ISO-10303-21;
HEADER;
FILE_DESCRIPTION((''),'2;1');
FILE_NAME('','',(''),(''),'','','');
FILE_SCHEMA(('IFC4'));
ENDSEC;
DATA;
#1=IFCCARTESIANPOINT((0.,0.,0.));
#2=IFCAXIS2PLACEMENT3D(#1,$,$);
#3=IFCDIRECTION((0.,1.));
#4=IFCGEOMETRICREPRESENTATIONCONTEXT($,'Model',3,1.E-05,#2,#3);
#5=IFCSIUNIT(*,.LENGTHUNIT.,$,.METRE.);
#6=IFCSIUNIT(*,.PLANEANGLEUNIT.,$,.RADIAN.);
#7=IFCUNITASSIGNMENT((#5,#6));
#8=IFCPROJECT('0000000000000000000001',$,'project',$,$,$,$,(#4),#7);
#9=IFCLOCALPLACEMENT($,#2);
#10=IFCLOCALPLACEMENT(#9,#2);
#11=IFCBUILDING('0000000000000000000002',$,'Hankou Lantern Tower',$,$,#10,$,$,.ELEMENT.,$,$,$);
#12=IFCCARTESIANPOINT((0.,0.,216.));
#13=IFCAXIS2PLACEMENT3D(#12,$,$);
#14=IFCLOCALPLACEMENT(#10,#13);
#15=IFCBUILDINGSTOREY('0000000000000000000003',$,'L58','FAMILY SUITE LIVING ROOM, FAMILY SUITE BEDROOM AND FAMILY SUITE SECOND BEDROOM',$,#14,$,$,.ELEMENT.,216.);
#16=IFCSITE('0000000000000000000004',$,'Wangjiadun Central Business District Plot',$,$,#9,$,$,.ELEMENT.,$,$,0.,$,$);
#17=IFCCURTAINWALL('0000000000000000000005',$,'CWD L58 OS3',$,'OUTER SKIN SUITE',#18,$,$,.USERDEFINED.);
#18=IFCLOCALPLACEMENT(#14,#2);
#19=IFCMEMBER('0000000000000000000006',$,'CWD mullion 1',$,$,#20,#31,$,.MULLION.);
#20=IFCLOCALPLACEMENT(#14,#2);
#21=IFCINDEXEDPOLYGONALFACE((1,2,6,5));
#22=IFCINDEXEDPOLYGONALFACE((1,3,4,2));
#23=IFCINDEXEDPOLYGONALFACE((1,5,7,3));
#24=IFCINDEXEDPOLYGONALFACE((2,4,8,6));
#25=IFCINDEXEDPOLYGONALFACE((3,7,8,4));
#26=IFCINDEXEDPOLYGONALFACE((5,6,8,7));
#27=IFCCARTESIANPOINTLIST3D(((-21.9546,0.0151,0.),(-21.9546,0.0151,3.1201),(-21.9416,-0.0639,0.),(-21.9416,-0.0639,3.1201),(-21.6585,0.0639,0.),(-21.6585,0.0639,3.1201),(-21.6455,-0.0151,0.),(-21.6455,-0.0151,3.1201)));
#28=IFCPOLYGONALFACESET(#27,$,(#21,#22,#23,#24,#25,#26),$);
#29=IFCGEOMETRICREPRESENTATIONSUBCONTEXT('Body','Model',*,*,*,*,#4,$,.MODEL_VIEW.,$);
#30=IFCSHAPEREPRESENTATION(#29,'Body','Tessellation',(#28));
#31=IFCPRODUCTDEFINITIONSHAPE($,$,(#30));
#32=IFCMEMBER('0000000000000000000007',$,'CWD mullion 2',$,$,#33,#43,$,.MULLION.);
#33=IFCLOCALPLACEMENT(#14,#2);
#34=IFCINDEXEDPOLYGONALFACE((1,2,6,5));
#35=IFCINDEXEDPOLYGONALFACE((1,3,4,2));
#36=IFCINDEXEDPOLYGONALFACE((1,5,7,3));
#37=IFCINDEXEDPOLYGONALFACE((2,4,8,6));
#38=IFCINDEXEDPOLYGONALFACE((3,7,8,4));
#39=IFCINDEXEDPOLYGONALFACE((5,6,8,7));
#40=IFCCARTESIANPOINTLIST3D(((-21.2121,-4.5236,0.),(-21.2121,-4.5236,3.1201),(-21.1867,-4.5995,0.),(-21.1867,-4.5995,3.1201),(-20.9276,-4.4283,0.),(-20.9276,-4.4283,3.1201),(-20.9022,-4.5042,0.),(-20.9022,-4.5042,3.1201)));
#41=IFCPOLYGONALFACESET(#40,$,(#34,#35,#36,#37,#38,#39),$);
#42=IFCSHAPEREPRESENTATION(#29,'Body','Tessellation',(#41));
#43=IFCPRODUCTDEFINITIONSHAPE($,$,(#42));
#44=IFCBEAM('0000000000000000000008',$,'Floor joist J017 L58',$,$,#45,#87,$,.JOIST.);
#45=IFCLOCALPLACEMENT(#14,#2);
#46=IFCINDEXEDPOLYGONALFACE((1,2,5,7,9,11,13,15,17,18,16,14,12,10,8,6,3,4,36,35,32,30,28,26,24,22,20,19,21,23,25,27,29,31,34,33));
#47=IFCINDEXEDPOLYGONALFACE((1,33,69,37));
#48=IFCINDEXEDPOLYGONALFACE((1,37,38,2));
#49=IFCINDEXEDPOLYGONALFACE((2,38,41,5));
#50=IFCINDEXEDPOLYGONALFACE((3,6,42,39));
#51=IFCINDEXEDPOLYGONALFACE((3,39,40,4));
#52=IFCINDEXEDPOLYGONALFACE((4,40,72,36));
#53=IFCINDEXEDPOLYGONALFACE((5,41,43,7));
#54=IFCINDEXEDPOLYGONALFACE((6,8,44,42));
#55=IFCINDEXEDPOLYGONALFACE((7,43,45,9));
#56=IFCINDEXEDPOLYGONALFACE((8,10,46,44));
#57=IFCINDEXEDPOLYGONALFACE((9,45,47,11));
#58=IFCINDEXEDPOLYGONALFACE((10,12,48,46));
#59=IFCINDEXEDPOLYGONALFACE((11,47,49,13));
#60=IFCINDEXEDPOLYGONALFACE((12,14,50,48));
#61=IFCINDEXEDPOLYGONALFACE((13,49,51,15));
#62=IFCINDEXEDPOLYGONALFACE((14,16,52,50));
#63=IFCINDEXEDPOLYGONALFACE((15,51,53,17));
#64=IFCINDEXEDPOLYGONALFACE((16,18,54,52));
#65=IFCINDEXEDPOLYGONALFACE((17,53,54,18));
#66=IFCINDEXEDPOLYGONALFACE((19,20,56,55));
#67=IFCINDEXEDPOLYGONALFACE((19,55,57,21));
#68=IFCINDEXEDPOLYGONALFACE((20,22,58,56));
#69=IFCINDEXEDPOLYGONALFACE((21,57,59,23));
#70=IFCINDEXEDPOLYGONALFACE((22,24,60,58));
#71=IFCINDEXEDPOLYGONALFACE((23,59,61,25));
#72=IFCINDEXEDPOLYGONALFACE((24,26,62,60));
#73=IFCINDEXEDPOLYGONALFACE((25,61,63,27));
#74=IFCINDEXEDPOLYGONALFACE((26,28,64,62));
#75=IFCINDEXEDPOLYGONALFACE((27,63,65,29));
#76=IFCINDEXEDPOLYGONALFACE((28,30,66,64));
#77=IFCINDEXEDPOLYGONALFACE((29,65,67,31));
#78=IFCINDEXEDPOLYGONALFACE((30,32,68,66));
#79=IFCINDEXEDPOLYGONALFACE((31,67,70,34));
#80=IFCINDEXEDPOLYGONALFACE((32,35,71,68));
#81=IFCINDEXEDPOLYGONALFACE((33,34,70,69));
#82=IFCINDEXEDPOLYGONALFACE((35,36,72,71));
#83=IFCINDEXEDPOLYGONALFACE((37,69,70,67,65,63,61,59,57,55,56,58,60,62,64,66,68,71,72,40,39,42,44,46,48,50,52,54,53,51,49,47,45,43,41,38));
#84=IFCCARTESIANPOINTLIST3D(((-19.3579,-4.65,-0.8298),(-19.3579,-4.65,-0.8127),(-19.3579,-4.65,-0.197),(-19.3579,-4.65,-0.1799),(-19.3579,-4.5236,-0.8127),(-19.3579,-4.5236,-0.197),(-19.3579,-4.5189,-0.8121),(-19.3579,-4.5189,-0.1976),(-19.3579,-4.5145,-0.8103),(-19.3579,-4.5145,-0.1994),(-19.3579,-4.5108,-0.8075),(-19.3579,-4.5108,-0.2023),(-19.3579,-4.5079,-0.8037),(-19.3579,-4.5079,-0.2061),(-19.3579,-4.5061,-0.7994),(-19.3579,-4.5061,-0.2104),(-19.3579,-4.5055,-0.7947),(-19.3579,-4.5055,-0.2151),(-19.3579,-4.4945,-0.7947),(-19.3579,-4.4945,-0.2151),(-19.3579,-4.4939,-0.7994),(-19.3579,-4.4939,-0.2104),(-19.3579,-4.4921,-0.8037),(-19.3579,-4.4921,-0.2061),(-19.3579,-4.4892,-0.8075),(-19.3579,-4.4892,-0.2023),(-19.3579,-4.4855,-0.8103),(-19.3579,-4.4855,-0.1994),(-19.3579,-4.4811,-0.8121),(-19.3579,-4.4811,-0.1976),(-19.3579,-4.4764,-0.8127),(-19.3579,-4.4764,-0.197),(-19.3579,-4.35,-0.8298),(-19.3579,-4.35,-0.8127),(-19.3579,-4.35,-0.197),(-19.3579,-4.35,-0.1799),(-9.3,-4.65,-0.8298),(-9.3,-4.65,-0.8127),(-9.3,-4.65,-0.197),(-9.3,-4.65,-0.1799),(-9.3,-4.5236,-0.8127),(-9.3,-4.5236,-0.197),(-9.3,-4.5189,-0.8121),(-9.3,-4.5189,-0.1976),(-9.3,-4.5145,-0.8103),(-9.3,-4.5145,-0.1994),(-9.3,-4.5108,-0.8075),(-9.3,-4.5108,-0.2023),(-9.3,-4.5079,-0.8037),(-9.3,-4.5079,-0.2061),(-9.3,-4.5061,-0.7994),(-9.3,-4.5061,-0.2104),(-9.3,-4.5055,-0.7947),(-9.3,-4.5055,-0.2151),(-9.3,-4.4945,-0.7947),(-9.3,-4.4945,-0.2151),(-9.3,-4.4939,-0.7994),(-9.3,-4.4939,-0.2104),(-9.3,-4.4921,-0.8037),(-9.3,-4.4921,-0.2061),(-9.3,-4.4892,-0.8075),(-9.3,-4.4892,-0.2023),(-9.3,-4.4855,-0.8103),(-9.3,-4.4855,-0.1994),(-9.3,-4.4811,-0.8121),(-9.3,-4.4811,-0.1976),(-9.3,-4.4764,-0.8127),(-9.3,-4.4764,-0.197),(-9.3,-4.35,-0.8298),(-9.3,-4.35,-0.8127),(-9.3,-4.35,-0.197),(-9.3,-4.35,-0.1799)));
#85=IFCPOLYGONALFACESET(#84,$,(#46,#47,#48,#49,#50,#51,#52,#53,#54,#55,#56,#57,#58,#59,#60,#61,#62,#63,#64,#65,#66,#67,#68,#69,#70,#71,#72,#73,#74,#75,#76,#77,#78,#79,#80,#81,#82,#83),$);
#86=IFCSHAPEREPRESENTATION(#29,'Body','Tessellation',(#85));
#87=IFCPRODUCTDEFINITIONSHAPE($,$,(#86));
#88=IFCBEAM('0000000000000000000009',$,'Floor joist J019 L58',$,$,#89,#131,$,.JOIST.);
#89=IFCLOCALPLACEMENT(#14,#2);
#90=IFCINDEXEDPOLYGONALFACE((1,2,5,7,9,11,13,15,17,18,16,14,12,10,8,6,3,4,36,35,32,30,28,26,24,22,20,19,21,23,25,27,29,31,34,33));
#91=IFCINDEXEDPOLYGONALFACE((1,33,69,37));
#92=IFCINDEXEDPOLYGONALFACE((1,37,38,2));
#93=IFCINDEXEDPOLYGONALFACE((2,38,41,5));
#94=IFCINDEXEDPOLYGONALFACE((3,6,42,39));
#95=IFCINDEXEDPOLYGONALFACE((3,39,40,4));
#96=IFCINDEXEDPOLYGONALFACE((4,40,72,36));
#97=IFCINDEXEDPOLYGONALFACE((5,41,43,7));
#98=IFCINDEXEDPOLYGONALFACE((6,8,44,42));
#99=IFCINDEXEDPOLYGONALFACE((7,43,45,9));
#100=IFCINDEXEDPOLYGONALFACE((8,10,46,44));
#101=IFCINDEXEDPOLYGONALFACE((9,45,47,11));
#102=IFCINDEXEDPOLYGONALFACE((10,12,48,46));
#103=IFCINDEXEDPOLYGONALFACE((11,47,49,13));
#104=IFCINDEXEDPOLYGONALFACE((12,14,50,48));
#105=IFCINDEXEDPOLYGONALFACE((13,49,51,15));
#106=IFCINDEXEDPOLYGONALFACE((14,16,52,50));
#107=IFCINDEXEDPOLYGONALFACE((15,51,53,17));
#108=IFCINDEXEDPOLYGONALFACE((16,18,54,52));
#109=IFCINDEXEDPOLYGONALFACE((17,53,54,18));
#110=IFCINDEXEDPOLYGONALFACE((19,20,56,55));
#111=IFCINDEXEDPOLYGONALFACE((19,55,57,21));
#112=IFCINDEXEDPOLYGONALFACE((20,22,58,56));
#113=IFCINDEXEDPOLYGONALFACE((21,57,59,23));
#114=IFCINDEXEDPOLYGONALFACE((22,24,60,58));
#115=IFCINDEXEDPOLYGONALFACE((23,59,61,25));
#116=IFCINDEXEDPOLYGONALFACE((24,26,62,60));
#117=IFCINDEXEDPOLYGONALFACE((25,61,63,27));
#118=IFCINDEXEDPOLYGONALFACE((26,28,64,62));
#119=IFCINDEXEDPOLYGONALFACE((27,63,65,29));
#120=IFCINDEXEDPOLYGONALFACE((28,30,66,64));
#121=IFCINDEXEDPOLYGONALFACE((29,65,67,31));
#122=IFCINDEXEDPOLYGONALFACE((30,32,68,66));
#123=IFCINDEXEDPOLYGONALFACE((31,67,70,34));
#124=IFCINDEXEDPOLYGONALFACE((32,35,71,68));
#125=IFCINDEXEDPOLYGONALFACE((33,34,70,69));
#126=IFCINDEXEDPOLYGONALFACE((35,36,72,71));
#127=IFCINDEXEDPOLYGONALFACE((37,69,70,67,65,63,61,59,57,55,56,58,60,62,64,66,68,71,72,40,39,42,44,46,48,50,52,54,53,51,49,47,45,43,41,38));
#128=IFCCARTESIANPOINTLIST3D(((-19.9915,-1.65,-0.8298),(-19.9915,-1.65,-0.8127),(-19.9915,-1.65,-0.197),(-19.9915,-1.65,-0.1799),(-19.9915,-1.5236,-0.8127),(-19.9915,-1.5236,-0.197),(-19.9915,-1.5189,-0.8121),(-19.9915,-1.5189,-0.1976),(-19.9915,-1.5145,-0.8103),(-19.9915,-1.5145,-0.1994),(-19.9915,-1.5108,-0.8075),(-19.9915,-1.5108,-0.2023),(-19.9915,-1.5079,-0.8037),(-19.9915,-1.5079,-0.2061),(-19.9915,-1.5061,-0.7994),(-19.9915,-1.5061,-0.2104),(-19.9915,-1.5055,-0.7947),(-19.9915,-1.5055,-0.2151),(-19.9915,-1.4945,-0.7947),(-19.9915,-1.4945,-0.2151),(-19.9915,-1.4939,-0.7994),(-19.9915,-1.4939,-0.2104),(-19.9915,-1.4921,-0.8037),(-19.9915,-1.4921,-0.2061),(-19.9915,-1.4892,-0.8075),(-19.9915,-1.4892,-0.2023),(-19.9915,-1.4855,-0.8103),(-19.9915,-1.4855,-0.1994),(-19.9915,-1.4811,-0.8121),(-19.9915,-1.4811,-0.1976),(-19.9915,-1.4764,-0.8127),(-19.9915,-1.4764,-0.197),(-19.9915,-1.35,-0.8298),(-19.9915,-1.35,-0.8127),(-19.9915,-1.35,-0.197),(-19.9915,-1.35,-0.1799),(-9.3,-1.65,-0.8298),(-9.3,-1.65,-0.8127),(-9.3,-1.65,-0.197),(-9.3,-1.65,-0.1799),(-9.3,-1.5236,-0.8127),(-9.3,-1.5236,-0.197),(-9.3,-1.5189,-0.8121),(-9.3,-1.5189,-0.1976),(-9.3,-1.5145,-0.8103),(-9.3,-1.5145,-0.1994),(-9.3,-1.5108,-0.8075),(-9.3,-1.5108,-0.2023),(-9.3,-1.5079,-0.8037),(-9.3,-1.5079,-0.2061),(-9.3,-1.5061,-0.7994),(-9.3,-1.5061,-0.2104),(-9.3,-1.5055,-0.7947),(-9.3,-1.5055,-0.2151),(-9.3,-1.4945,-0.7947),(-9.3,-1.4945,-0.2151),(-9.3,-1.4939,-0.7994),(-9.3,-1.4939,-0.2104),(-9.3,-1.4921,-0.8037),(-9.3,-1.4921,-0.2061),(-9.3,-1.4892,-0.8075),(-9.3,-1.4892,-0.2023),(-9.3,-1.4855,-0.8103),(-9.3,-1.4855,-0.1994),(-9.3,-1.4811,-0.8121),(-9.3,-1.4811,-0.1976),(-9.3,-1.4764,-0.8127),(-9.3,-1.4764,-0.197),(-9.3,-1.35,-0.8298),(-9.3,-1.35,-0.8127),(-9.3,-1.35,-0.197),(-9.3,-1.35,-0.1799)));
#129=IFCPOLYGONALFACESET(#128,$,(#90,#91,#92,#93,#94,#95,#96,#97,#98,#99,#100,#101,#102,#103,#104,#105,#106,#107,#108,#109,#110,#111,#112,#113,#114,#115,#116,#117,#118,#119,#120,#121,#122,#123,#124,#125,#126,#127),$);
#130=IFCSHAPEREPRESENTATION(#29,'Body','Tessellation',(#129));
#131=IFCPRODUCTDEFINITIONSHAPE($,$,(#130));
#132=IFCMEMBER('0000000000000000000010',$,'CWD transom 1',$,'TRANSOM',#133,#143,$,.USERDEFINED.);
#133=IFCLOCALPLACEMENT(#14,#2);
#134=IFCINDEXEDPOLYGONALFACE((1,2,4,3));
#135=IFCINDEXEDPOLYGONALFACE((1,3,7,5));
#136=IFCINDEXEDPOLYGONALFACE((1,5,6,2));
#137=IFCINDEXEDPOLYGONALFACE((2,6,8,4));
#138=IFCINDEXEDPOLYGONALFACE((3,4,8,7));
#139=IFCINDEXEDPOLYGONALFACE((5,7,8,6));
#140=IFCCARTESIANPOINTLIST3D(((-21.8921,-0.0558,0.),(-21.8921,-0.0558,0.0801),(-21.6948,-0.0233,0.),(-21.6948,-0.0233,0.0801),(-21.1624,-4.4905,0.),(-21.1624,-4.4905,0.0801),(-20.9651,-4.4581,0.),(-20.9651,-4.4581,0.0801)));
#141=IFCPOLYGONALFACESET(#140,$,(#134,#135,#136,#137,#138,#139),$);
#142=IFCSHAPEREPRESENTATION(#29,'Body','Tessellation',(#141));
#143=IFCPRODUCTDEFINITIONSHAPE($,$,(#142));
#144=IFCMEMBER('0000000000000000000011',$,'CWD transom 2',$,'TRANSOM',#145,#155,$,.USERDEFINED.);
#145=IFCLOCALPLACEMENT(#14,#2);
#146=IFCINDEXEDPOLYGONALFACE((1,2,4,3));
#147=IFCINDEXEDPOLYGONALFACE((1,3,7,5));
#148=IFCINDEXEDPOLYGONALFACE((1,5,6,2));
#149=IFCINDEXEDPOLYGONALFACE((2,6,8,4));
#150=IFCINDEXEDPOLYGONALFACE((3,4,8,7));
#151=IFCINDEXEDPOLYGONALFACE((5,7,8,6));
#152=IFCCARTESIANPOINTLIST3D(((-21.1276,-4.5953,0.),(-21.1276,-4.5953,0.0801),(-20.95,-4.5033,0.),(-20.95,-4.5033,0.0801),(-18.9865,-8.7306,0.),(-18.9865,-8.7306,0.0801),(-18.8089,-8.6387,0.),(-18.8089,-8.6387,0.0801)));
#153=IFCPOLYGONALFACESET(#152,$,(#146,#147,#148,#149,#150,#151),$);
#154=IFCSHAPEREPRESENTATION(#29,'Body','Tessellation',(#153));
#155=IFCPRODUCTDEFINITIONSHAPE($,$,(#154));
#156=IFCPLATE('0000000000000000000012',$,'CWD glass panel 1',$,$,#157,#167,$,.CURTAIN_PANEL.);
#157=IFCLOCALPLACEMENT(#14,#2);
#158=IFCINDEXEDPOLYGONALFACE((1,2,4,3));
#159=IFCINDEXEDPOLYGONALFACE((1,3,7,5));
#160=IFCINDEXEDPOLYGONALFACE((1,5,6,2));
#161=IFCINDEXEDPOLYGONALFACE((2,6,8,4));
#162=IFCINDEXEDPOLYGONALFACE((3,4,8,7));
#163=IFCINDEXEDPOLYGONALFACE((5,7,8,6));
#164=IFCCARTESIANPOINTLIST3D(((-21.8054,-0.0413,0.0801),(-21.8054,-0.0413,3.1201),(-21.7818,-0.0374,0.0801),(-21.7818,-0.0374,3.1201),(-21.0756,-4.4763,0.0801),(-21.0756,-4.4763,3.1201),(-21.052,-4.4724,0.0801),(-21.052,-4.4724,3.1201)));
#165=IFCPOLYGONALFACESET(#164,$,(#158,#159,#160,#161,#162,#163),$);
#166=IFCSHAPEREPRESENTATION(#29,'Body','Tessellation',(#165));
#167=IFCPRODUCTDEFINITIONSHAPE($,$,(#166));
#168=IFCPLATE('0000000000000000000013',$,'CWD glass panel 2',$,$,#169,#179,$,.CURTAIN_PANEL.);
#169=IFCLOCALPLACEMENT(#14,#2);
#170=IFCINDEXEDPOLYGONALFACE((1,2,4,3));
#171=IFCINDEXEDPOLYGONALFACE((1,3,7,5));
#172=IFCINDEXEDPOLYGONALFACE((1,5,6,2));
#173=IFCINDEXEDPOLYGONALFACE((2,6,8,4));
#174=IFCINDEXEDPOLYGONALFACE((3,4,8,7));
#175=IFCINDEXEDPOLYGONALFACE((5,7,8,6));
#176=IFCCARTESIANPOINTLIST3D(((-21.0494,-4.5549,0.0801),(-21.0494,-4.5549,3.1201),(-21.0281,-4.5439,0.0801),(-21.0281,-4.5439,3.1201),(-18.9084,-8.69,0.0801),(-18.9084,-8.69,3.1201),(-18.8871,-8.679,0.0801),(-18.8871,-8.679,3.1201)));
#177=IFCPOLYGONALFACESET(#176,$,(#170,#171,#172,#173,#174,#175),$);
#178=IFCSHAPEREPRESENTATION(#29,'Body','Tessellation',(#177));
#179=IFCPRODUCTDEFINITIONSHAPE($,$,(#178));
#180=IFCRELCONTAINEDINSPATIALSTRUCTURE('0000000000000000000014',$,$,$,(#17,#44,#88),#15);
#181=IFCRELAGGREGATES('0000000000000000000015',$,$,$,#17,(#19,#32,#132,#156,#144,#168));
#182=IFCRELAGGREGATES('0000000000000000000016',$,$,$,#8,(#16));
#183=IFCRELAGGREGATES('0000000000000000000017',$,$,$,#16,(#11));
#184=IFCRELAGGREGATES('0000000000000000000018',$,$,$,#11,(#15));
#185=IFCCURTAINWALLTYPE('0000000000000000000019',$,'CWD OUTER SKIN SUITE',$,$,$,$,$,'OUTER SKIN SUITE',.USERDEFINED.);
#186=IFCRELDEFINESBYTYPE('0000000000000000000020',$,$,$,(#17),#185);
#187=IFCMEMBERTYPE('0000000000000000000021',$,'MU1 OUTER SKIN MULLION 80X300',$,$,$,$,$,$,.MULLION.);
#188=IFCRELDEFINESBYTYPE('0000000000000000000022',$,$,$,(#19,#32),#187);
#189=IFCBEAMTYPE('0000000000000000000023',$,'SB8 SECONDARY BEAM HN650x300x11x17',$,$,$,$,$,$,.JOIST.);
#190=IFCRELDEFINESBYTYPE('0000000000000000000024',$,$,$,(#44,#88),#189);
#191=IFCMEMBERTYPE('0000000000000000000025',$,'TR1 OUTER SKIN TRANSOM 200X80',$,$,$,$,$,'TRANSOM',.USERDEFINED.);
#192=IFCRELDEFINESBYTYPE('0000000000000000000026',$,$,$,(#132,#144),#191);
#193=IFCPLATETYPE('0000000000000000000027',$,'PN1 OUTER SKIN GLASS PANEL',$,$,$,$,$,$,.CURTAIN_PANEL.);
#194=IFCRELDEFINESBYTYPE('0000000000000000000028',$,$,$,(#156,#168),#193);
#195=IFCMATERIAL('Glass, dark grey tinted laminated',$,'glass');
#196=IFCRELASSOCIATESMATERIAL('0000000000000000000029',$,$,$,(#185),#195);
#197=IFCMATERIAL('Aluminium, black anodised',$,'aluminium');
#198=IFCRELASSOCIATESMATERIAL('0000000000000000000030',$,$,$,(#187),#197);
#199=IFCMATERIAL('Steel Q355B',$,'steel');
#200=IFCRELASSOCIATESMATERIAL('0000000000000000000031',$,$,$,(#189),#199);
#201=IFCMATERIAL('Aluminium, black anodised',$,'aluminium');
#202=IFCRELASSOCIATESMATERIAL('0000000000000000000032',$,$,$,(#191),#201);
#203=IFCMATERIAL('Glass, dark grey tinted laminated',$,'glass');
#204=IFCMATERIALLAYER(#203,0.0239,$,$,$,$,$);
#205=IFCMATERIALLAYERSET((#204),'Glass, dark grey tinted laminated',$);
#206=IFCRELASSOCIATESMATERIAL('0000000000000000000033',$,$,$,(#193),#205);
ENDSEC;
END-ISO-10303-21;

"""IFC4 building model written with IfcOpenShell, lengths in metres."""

from ifc_helpers import new_model, si_unit, direction, frame, origin, origin_2d, place, context, subcontext, project, spatial, rectangle, i_section, extrude, material, layer, layer_set, material_profile, profile_set, type_object, element, aggregate, save


model = new_model("IFC4")

# Units and contexts
model_context = context("Model", 3, precision=1e-05, world=origin(), true_north=direction((0.0, 1.0)))
body_context = subcontext(model_context, "Body", "Model", "MODEL_VIEW")
ifc_project = project(units=[si_unit("LENGTHUNIT", "METRE"), si_unit("PLANEANGLEUNIT", "RADIAN")], contexts=[model_context])

# Site, building, storey
site_placement = place(None, origin())
site = spatial("IfcSite", under=ifc_project, at=site_placement, Name="Wangjiadun Central Business District Plot", CompositionType="ELEMENT", RefElevation=0.0)
building_placement = place(site_placement, origin())
building = spatial("IfcBuilding", under=site, at=building_placement, Name="Hankou Lantern Tower", CompositionType="ELEMENT")
storey_placement = place(building_placement, frame((0.0, 0.0, 216.0)))
storey = spatial("IfcBuildingStorey", under=building, at=storey_placement, Name="L58", Description="FAMILY SUITE LIVING ROOM, FAMILY SUITE BEDROOM AND FAMILY SUITE SECOND BEDROOM", CompositionType="ELEMENT", Elevation=216.0)

# Curtain wall, members
ifc_material_1 = material(Name="Glass, dark grey tinted laminated", Category="glass")
curtain_wall_type = type_object("IfcCurtainWallType", Name="CWD OUTER SKIN SUITE", ElementType="OUTER SKIN SUITE", PredefinedType="USERDEFINED", material=ifc_material_1)
curtain_wall_placement = place(storey_placement, origin())
curtain_wall = element("IfcCurtainWall", 1, at=curtain_wall_placement, inside=storey, type_object=curtain_wall_type, Name="CWD L58 OS3", ObjectType="OUTER SKIN SUITE", PredefinedType="USERDEFINED")
ifc_material_2 = material(Name="Aluminium, black anodised", Category="aluminium")
ifc_material_profile_1 = material_profile(ifc_material_2, rectangle(XDim=0.0801, YDim=0.3, at=origin_2d()), Name="MU1 80X300")
ifc_profile_set_1 = profile_set([ifc_material_profile_1], Name="Aluminium, black anodised")
member_type_1 = type_object("IfcMemberType", Name="MU1 OUTER SKIN MULLION 80X300", PredefinedType="MULLION", material=ifc_profile_set_1)
member_1_placement = place(storey_placement, frame((-21.8, 0.0, 0.0), z_axis=(0.0, 0.0, 1.0), x_axis=(0.162382, -0.986728, 0.0)))
member_1 = element("IfcMember", 2, at=member_1_placement, type_object=member_type_1, Name="CWD mullion 1", PredefinedType="MULLION", context=body_context, shape_type="SweptSolid", body=[
    extrude(rectangle(XDim=0.0801, YDim=0.3, at=origin_2d()), origin(), (0.0, 0.0, 1.0), 3.1201),
])
member_2_placement = place(storey_placement, frame((-21.0571, -4.5139, 0.0), z_axis=(0.0, 0.0, 1.0), x_axis=(0.317596, -0.948226, 0.0)))
member_2 = element("IfcMember", 3, at=member_2_placement, type_object=member_type_1, Name="CWD mullion 2", PredefinedType="MULLION", context=body_context, shape_type="SweptSolid", body=[
    extrude(rectangle(XDim=0.0801, YDim=0.3, at=origin_2d()), origin(), (0.0, 0.0, 1.0), 3.1201),
])

# Beams
ifc_material_3 = material(Name="Steel Q355B", Category="steel")
ifc_material_profile_2 = material_profile(ifc_material_3, i_section(OverallWidth=0.3, OverallDepth=0.6499, WebThickness=0.011, FlangeThickness=0.0171, FilletRadius=0.0181, at=origin_2d()), Name="HN650x300x11x17")
ifc_profile_set_2 = profile_set([ifc_material_profile_2], Name="Steel Q355B")
beam_type_1 = type_object("IfcBeamType", Name="SB8 SECONDARY BEAM HN650x300x11x17", PredefinedType="JOIST", material=ifc_profile_set_2)
beam_1_placement = place(storey_placement, frame((-19.3579, -4.5, -0.5049), z_axis=(1.0, 0.0, 0.0), x_axis=(0.0, 1.0, 0.0)))
element("IfcBeam", 4, at=beam_1_placement, inside=storey, type_object=beam_type_1, Name="Floor joist J017 L58", PredefinedType="JOIST", context=body_context, shape_type="SweptSolid", body=[
    extrude(i_section(OverallWidth=0.3, OverallDepth=0.6499, WebThickness=0.011, FlangeThickness=0.0171, FilletRadius=0.0181, at=origin_2d()), origin(), (0.0, 0.0, 1.0), 10.0579),
])
beam_2_placement = place(storey_placement, frame((-19.9915, -1.5, -0.5049), z_axis=(1.0, 0.0, 0.0), x_axis=(0.0, 1.0, 0.0)))
element("IfcBeam", 5, at=beam_2_placement, inside=storey, type_object=beam_type_1, Name="Floor joist J019 L58", PredefinedType="JOIST", context=body_context, shape_type="SweptSolid", body=[
    extrude(i_section(OverallWidth=0.3, OverallDepth=0.6499, WebThickness=0.011, FlangeThickness=0.0171, FilletRadius=0.0181, at=origin_2d()), origin(), (0.0, 0.0, 1.0), 10.6914),
])

# Members
ifc_material_4 = material(Name="Aluminium, black anodised", Category="aluminium")
ifc_material_profile_3 = material_profile(ifc_material_4, rectangle(XDim=0.2, YDim=0.0801, at=origin_2d()), Name="TR1 200X80")
ifc_profile_set_3 = profile_set([ifc_material_profile_3], Name="Aluminium, black anodised")
member_type_2 = type_object("IfcMemberType", Name="TR1 OUTER SKIN TRANSOM 200X80", ElementType="TRANSOM", PredefinedType="USERDEFINED", material=ifc_profile_set_3)
member_3_placement = place(storey_placement, frame((-21.7935, -0.0396, 0.04), z_axis=(0.162364, -0.986731, 0.0), x_axis=(0.986731, 0.162364, 0.0)))
member_3 = element("IfcMember", 6, at=member_3_placement, type_object=member_type_2, Name="CWD transom 1", ObjectType="TRANSOM", PredefinedType="USERDEFINED", context=body_context, shape_type="SweptSolid", body=[
    extrude(rectangle(XDim=0.2, YDim=0.0801, at=origin_2d()), origin(), (0.0, 0.0, 1.0), 4.4944),
])
member_4_placement = place(storey_placement, frame((-21.0388, -4.5493, 0.04), z_axis=(0.459794, -0.888026, 0.0), x_axis=(0.888026, 0.459794, 0.0)))
member_4 = element("IfcMember", 7, at=member_4_placement, type_object=member_type_2, Name="CWD transom 2", ObjectType="TRANSOM", PredefinedType="USERDEFINED", context=body_context, shape_type="SweptSolid", body=[
    extrude(rectangle(XDim=0.2, YDim=0.0801, at=origin_2d()), origin(), (0.0, 0.0, 1.0), 4.6567),
])

# Plates
ifc_material_5 = material(Name="Glass, dark grey tinted laminated", Category="glass")
ifc_layer_1 = layer(ifc_material_5, 0.0239)
ifc_layer_set_1 = layer_set([ifc_layer_1], Name="Glass, dark grey tinted laminated")
plate_type = type_object("IfcPlateType", Name="PN1 OUTER SKIN GLASS PANEL", PredefinedType="CURTAIN_PANEL", material=ifc_layer_set_1)
plate_1_placement = place(storey_placement, frame((-21.4287, -2.2568, 0.0801), z_axis=(0.0, 0.0, 1.0), x_axis=(0.162382, -0.986728, 0.0)))
plate_1 = element("IfcPlate", 8, at=plate_1_placement, type_object=plate_type, Name="CWD glass panel 1", PredefinedType="CURTAIN_PANEL", context=body_context, shape_type="SweptSolid", body=[
    extrude(rectangle(XDim=4.4946, YDim=0.0239, at=origin_2d()), origin(), (0.0, 0.0, 1.0), 3.04),
])
plate_2_placement = place(storey_placement, frame((-19.9683, -6.6169, 0.0801), z_axis=(0.0, 0.0, 1.0), x_axis=(0.459791, -0.888027, 0.0)))
plate_2 = element("IfcPlate", 9, at=plate_2_placement, type_object=plate_type, Name="CWD glass panel 2", PredefinedType="CURTAIN_PANEL", context=body_context, shape_type="SweptSolid", body=[
    extrude(rectangle(XDim=4.6565, YDim=0.0239, at=origin_2d()), origin(), (0.0, 0.0, 1.0), 3.04),
])
aggregate(curtain_wall, [member_1, member_2, member_3, plate_1, member_4, plate_2])

save(model, "model.ifc")
